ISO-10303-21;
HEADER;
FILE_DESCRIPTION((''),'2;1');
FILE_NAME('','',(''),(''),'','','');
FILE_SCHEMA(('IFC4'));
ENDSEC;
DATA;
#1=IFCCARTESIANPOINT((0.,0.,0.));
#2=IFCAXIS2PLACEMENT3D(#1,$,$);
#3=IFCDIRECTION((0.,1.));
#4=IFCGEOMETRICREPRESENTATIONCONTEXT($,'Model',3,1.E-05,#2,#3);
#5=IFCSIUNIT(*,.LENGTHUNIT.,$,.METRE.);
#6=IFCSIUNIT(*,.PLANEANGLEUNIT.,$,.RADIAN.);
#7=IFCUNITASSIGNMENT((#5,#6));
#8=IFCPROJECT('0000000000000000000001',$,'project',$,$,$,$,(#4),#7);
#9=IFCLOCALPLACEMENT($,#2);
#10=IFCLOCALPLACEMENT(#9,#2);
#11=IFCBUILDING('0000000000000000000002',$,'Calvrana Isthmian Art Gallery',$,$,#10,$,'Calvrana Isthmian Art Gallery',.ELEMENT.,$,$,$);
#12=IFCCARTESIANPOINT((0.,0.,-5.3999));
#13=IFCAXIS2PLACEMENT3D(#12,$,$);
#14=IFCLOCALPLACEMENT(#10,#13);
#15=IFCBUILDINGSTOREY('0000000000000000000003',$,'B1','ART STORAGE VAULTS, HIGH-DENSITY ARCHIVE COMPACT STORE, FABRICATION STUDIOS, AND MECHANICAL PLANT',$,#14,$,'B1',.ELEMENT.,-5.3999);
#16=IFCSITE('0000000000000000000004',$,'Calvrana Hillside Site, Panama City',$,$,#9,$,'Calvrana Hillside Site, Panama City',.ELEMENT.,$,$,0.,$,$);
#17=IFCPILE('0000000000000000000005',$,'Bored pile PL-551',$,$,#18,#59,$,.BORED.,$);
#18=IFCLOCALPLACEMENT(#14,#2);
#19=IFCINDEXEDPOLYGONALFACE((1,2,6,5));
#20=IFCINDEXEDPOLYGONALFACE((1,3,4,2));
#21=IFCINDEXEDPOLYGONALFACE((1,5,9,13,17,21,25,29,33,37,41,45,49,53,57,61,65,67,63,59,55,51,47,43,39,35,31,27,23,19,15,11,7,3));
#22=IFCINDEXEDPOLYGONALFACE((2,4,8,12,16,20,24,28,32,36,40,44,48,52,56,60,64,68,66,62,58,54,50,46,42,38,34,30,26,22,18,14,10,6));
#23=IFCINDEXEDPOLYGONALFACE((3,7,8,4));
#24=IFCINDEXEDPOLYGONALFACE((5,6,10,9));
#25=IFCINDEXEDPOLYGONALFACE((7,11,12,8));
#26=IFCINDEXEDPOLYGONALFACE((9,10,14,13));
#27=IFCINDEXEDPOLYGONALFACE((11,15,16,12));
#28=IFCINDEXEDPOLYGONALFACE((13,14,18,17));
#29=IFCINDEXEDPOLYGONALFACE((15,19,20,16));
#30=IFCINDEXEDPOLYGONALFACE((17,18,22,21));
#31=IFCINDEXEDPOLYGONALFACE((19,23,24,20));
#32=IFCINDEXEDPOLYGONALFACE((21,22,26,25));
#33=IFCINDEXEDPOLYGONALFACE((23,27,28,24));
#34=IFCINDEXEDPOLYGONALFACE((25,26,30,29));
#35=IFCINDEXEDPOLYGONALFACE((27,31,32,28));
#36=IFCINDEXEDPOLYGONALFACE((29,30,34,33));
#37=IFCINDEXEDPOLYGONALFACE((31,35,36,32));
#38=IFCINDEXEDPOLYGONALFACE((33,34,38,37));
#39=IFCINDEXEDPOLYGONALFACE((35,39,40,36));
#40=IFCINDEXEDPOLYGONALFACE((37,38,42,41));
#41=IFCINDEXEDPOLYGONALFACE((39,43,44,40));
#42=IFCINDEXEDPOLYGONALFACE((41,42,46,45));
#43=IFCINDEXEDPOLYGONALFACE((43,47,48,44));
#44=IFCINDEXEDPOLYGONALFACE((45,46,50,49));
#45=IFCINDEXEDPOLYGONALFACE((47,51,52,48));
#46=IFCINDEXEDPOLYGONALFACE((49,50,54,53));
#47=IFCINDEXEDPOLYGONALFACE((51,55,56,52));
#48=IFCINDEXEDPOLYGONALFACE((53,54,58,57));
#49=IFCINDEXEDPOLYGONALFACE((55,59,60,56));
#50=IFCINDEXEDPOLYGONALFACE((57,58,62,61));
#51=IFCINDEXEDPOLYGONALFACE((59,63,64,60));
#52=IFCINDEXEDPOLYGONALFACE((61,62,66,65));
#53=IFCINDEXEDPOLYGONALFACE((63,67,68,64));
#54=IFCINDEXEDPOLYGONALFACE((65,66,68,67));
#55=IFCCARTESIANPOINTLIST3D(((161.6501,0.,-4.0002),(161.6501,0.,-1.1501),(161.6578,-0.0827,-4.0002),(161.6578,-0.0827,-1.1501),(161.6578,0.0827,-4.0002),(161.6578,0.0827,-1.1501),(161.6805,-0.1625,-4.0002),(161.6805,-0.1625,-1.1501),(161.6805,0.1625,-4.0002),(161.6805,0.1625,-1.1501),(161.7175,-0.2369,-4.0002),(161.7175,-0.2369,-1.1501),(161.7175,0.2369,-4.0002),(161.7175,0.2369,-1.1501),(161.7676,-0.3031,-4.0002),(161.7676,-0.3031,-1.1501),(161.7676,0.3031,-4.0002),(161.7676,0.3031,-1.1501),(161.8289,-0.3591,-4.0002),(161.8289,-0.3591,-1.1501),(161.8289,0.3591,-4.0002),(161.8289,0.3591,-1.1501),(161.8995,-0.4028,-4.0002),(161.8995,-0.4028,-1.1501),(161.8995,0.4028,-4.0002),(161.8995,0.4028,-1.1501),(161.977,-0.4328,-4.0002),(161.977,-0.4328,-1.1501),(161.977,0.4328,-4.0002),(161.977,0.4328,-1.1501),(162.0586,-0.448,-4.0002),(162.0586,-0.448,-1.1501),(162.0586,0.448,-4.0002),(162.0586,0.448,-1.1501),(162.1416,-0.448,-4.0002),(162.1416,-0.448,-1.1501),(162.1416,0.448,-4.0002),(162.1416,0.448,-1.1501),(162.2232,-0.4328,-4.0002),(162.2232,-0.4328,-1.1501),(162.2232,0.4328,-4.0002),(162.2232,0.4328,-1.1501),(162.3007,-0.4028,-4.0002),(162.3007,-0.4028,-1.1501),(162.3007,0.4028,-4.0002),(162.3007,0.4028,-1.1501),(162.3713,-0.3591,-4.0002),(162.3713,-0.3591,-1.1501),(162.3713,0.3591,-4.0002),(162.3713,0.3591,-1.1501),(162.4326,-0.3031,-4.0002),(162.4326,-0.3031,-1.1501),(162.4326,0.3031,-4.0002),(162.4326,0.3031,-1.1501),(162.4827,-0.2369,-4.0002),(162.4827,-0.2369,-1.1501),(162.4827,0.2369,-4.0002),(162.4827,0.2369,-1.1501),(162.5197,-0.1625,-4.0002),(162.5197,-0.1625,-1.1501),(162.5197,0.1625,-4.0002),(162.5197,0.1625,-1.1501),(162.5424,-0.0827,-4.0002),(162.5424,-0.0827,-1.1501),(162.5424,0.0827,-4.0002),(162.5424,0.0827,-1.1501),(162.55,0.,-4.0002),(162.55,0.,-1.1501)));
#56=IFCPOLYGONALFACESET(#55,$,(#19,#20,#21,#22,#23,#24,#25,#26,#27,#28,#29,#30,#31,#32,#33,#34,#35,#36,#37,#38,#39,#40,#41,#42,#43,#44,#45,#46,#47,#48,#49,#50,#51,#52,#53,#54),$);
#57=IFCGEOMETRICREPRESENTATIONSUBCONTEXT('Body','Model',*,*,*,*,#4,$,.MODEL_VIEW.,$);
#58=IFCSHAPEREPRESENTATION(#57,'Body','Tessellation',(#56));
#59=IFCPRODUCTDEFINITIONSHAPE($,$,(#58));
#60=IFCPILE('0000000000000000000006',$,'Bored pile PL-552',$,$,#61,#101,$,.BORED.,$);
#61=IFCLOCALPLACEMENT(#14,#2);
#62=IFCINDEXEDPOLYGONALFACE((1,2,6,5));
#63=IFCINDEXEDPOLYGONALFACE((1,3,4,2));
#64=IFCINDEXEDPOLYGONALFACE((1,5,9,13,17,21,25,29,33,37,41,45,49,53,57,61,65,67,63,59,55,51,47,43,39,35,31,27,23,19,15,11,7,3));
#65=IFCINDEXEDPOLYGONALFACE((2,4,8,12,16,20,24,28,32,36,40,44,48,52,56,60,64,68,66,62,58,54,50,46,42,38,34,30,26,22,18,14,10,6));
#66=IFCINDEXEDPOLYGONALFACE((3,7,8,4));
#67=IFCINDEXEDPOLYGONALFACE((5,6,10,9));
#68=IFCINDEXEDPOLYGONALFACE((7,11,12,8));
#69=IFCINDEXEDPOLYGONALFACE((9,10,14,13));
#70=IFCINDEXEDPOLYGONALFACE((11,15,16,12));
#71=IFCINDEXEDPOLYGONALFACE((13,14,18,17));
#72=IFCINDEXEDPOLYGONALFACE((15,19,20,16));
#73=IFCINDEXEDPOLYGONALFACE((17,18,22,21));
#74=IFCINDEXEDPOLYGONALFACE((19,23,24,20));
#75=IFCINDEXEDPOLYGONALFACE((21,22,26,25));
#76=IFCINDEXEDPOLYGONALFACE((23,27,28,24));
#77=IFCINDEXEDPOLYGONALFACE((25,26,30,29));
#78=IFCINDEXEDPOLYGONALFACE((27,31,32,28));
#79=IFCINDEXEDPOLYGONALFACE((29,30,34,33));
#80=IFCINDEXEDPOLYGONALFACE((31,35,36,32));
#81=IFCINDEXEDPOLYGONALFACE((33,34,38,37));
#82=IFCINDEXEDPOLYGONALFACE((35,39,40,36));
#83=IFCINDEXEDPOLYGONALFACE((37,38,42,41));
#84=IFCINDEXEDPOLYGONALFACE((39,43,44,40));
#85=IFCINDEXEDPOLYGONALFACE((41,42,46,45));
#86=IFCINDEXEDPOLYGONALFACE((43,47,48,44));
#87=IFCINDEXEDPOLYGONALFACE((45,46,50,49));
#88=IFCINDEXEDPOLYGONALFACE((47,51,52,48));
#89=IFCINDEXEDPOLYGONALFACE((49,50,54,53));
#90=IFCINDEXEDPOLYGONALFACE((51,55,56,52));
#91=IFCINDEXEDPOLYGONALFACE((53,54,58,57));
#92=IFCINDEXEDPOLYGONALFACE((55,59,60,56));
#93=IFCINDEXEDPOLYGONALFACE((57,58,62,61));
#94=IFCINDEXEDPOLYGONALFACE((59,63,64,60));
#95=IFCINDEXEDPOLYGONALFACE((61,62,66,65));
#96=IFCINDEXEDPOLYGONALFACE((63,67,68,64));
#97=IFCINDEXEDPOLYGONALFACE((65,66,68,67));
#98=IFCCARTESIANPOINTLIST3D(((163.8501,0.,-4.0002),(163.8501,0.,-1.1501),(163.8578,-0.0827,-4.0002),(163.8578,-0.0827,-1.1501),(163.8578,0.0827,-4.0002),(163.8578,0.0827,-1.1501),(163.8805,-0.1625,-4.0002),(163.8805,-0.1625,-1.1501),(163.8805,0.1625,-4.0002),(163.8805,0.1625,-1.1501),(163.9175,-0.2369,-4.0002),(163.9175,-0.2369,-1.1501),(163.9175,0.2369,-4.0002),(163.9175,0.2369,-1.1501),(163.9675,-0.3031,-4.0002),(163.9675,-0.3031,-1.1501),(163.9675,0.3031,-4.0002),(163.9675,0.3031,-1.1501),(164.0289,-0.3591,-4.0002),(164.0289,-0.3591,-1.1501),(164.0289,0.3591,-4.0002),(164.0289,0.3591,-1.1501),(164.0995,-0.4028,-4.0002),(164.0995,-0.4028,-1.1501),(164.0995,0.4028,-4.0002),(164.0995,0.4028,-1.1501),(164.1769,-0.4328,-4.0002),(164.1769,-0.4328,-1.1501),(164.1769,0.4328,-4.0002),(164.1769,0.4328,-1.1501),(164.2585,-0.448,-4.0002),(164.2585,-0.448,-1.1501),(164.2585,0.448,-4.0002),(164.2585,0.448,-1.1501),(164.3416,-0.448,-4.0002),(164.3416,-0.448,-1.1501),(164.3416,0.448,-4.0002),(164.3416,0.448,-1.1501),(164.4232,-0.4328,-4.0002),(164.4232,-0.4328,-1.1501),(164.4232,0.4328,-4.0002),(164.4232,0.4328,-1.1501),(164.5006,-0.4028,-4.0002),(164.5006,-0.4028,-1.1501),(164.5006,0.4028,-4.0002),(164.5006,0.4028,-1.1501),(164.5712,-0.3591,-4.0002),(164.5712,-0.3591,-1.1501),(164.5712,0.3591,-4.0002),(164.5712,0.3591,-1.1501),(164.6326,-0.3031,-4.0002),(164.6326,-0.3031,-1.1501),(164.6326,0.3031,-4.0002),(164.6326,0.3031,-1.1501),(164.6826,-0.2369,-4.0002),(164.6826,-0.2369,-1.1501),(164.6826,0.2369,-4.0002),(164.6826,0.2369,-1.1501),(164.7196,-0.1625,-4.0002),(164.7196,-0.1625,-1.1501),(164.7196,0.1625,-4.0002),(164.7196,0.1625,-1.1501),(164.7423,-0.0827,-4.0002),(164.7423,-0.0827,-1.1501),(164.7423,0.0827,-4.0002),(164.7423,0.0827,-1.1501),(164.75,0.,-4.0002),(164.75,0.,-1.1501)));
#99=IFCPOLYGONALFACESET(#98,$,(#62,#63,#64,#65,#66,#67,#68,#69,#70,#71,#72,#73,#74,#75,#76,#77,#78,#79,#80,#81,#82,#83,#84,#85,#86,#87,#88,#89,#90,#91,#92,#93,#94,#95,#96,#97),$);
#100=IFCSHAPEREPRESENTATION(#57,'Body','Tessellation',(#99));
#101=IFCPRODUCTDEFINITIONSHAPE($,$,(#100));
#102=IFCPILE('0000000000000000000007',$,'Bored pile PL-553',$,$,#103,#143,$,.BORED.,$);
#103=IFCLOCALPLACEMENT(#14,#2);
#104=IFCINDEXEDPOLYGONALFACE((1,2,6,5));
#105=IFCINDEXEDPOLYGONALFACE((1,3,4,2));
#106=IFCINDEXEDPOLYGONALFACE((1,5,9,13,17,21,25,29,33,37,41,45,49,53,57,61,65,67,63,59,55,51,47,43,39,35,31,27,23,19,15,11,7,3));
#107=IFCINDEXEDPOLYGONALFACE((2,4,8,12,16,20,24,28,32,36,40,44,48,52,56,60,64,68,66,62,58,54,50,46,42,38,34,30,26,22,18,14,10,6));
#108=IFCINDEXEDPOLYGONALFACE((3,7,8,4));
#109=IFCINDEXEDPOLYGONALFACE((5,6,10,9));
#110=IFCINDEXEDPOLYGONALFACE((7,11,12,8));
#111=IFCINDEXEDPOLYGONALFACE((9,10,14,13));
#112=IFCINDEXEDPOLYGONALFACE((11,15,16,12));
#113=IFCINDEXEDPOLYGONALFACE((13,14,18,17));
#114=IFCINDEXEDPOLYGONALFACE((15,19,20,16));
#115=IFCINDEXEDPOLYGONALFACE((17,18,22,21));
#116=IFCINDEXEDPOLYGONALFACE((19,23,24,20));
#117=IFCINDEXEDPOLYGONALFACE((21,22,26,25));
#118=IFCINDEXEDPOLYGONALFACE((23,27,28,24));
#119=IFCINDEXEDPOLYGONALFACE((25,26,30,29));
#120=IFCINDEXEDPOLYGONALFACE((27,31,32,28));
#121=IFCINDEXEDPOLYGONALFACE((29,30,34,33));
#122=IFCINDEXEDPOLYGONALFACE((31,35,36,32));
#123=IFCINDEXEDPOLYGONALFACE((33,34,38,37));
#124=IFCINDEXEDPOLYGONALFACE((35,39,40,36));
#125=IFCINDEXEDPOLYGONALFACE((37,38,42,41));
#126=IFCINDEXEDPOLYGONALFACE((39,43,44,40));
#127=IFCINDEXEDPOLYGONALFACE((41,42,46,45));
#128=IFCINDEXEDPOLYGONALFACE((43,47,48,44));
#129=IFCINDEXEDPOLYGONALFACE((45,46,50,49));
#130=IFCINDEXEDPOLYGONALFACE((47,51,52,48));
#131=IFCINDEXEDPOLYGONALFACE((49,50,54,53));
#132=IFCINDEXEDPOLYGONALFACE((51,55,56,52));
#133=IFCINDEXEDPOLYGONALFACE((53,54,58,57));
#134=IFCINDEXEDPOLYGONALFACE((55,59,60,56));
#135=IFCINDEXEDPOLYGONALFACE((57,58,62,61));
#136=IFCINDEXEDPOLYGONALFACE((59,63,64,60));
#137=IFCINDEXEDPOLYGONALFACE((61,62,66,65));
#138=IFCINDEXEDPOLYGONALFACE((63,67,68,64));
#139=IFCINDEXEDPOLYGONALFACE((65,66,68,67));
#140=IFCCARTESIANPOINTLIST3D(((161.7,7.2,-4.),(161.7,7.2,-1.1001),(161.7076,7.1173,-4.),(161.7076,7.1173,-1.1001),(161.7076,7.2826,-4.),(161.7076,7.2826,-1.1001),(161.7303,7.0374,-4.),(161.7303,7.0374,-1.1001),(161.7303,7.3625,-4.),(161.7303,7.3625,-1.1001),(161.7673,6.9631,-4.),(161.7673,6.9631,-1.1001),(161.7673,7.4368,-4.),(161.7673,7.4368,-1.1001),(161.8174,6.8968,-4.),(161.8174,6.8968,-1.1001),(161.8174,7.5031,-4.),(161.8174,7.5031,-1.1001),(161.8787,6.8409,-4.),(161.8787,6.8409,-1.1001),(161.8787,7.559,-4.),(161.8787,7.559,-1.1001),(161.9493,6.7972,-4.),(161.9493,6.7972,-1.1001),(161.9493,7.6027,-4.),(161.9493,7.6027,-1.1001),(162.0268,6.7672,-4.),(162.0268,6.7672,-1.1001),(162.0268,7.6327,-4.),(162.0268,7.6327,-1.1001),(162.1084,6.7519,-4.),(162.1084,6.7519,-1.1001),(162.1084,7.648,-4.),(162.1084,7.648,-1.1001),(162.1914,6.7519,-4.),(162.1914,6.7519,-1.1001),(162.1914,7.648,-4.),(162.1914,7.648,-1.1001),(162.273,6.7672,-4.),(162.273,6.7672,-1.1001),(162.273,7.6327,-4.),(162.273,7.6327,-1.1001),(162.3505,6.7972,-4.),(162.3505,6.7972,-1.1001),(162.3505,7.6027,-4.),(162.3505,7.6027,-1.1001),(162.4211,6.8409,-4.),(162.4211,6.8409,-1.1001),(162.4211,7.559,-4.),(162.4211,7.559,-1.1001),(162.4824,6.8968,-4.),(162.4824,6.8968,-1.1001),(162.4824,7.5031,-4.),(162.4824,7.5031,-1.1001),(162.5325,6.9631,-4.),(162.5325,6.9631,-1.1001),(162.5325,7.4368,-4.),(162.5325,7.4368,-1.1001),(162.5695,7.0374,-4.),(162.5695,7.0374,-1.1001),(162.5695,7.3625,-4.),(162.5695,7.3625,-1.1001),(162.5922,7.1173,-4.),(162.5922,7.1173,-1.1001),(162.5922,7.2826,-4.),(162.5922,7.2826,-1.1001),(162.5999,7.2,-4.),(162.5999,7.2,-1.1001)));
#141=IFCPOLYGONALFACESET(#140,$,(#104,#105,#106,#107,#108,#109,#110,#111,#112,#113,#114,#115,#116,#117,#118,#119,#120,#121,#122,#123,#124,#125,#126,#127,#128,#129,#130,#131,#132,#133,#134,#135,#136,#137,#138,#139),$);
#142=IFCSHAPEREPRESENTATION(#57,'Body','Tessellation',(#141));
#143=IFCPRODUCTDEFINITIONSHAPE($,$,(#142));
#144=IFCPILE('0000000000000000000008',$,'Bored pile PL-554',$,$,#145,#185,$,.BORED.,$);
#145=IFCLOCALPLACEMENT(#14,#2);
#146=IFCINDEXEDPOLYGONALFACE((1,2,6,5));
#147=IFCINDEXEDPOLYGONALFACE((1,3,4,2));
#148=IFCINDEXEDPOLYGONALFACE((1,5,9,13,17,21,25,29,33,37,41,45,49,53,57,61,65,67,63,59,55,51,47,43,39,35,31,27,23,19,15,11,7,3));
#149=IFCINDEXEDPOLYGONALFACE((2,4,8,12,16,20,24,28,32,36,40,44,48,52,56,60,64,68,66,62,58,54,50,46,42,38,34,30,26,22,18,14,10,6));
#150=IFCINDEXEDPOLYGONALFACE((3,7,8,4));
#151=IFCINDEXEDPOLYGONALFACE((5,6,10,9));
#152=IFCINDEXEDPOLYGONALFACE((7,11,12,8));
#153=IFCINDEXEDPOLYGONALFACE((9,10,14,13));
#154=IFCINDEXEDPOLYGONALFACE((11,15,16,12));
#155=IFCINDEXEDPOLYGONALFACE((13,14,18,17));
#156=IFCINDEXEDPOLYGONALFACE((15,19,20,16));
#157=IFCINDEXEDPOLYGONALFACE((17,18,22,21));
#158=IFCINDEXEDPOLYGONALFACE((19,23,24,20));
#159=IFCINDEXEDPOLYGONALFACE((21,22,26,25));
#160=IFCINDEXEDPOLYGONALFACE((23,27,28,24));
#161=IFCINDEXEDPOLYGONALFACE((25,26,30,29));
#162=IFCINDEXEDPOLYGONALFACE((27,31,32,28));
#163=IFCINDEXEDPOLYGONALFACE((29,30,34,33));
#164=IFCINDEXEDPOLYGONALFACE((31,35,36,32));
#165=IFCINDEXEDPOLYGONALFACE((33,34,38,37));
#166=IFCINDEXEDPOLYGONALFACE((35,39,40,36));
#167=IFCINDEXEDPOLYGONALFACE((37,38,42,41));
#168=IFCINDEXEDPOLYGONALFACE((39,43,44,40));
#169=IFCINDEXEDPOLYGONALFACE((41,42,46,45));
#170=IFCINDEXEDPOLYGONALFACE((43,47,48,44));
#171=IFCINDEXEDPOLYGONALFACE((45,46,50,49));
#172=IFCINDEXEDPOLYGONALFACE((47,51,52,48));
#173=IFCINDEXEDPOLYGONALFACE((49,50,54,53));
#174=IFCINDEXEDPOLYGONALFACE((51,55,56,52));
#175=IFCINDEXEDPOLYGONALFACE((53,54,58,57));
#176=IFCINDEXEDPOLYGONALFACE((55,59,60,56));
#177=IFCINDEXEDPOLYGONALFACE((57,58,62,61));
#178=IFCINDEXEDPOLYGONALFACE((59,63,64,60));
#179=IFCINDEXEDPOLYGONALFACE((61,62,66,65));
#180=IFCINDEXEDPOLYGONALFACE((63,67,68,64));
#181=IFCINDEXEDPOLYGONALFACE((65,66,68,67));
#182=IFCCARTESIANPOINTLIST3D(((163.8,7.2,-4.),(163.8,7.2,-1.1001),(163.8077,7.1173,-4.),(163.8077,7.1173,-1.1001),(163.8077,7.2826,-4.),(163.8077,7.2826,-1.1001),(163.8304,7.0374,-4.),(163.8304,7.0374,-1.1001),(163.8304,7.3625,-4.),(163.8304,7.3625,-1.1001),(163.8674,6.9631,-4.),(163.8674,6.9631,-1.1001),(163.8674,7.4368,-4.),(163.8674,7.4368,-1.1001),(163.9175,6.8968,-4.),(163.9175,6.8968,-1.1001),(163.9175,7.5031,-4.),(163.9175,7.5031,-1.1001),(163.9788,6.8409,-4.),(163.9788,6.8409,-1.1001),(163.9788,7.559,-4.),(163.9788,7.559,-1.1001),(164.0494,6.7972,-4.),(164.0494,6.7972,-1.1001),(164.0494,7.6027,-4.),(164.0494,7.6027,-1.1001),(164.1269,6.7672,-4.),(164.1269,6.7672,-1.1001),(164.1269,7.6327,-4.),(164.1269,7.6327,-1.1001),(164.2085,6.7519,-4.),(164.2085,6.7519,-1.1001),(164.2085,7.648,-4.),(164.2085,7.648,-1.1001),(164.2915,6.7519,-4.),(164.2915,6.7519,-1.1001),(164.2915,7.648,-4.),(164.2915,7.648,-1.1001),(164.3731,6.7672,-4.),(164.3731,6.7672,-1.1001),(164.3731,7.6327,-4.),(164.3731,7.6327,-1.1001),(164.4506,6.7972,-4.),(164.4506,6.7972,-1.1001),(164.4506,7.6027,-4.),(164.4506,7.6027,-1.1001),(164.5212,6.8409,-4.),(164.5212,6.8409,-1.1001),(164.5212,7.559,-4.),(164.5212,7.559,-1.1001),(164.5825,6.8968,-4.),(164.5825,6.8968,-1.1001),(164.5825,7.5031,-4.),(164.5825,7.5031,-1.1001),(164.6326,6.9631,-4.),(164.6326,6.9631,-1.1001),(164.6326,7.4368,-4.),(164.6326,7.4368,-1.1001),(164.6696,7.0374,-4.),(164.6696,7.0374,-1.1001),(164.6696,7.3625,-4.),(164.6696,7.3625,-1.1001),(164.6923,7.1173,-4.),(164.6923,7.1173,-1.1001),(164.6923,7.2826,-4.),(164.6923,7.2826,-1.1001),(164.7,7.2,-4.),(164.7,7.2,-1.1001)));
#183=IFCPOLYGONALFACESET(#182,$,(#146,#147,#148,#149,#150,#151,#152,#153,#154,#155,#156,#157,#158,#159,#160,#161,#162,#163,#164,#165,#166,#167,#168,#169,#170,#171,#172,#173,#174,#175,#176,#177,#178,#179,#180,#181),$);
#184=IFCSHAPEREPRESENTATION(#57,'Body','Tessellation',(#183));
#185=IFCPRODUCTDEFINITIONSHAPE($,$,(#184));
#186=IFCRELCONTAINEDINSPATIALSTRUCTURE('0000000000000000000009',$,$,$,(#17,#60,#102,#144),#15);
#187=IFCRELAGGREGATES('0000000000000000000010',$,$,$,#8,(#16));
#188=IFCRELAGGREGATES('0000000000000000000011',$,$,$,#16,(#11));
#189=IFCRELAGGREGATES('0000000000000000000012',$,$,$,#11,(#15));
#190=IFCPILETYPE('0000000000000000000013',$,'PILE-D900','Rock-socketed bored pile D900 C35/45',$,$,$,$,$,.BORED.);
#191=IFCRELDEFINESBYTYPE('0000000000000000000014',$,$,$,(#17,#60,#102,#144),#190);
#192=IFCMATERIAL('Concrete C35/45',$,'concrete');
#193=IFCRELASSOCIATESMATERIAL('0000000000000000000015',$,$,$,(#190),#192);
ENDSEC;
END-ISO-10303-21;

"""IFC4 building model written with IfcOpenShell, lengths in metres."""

from ifc_helpers import new_model, si_unit, direction, frame, origin, origin_2d, place, context, subcontext, project, spatial, circle, extrude, material, material_profile, profile_set, type_object, element, save


model = new_model("IFC4")

# Units and contexts
model_context = context("Model", 3, precision=1e-05, world=origin(), true_north=direction((0.0, 1.0)))
body_context = subcontext(model_context, "Body", "Model", "MODEL_VIEW")
ifc_project = project(units=[si_unit("LENGTHUNIT", "METRE"), si_unit("PLANEANGLEUNIT", "RADIAN")], contexts=[model_context])

# Site, building, storey
site_placement = place(None, origin())
site = spatial("IfcSite", under=ifc_project, at=site_placement, Name="Calvrana Hillside Site, Panama City", LongName="Calvrana Hillside Site, Panama City", CompositionType="ELEMENT", RefElevation=0.0)
building_placement = place(site_placement, origin())
building = spatial("IfcBuilding", under=site, at=building_placement, Name="Calvrana Isthmian Art Gallery", LongName="Calvrana Isthmian Art Gallery", CompositionType="ELEMENT")
storey_placement = place(building_placement, frame((0.0, 0.0, -5.3999)))
storey = spatial("IfcBuildingStorey", under=building, at=storey_placement, Name="B1", Description="ART STORAGE VAULTS, HIGH-DENSITY ARCHIVE COMPACT STORE, FABRICATION STUDIOS, AND MECHANICAL PLANT", LongName="B1", CompositionType="ELEMENT", Elevation=-5.3999)

# Shared definitions
ifc_material_1 = material(Name="Concrete C35/45", Category="concrete")

# Piles
ifc_material_profile_1 = material_profile(ifc_material_1, circle(Radius=0.45, at=origin_2d()), Name="PILE900D")
ifc_profile_set_1 = profile_set([ifc_material_profile_1], Name="Concrete C35/45")
pile_type_1 = type_object("IfcPileType", Name="PILE-D900", Description="Rock-socketed bored pile D900 C35/45", PredefinedType="BORED", material=ifc_profile_set_1)
for number, where, z_axis, x_axis, name in (
    (1, (162.1001, 0.0, -1.1501), (0.0, 0.0, -1.0), (1.0, 0.0, 0.0), "Bored pile PL-551"),
    (2, (164.3, 0.0, -1.1501), (0.0, 0.0, -1.0), (1.0, 0.0, 0.0), "Bored pile PL-552"),
):
    element("IfcPile", number, at=place(storey_placement, frame(where, z_axis=z_axis, x_axis=x_axis)), inside=storey, type_object=pile_type_1, Name=name, PredefinedType="BORED", context=body_context, shape_type="SweptSolid", body=[
        extrude(circle(Radius=0.45, at=origin_2d()), origin(), (0.0, 0.0, 1.0), 2.8501),
    ])
for number, where, z_axis, x_axis, name in (
    (3, (162.1499, 7.2, -1.1001), (0.0, 0.0, -1.0), (1.0, 0.0, 0.0), "Bored pile PL-553"),
    (4, (164.25, 7.2, -1.1001), (0.0, 0.0, -1.0), (1.0, 0.0, 0.0), "Bored pile PL-554"),
):
    element("IfcPile", number, at=place(storey_placement, frame(where, z_axis=z_axis, x_axis=x_axis)), inside=storey, type_object=pile_type_1, Name=name, PredefinedType="BORED", context=body_context, shape_type="SweptSolid", body=[
        extrude(circle(Radius=0.45, at=origin_2d()), origin(), (0.0, 0.0, 1.0), 2.8999),
    ])

save(model, "model.ifc")
